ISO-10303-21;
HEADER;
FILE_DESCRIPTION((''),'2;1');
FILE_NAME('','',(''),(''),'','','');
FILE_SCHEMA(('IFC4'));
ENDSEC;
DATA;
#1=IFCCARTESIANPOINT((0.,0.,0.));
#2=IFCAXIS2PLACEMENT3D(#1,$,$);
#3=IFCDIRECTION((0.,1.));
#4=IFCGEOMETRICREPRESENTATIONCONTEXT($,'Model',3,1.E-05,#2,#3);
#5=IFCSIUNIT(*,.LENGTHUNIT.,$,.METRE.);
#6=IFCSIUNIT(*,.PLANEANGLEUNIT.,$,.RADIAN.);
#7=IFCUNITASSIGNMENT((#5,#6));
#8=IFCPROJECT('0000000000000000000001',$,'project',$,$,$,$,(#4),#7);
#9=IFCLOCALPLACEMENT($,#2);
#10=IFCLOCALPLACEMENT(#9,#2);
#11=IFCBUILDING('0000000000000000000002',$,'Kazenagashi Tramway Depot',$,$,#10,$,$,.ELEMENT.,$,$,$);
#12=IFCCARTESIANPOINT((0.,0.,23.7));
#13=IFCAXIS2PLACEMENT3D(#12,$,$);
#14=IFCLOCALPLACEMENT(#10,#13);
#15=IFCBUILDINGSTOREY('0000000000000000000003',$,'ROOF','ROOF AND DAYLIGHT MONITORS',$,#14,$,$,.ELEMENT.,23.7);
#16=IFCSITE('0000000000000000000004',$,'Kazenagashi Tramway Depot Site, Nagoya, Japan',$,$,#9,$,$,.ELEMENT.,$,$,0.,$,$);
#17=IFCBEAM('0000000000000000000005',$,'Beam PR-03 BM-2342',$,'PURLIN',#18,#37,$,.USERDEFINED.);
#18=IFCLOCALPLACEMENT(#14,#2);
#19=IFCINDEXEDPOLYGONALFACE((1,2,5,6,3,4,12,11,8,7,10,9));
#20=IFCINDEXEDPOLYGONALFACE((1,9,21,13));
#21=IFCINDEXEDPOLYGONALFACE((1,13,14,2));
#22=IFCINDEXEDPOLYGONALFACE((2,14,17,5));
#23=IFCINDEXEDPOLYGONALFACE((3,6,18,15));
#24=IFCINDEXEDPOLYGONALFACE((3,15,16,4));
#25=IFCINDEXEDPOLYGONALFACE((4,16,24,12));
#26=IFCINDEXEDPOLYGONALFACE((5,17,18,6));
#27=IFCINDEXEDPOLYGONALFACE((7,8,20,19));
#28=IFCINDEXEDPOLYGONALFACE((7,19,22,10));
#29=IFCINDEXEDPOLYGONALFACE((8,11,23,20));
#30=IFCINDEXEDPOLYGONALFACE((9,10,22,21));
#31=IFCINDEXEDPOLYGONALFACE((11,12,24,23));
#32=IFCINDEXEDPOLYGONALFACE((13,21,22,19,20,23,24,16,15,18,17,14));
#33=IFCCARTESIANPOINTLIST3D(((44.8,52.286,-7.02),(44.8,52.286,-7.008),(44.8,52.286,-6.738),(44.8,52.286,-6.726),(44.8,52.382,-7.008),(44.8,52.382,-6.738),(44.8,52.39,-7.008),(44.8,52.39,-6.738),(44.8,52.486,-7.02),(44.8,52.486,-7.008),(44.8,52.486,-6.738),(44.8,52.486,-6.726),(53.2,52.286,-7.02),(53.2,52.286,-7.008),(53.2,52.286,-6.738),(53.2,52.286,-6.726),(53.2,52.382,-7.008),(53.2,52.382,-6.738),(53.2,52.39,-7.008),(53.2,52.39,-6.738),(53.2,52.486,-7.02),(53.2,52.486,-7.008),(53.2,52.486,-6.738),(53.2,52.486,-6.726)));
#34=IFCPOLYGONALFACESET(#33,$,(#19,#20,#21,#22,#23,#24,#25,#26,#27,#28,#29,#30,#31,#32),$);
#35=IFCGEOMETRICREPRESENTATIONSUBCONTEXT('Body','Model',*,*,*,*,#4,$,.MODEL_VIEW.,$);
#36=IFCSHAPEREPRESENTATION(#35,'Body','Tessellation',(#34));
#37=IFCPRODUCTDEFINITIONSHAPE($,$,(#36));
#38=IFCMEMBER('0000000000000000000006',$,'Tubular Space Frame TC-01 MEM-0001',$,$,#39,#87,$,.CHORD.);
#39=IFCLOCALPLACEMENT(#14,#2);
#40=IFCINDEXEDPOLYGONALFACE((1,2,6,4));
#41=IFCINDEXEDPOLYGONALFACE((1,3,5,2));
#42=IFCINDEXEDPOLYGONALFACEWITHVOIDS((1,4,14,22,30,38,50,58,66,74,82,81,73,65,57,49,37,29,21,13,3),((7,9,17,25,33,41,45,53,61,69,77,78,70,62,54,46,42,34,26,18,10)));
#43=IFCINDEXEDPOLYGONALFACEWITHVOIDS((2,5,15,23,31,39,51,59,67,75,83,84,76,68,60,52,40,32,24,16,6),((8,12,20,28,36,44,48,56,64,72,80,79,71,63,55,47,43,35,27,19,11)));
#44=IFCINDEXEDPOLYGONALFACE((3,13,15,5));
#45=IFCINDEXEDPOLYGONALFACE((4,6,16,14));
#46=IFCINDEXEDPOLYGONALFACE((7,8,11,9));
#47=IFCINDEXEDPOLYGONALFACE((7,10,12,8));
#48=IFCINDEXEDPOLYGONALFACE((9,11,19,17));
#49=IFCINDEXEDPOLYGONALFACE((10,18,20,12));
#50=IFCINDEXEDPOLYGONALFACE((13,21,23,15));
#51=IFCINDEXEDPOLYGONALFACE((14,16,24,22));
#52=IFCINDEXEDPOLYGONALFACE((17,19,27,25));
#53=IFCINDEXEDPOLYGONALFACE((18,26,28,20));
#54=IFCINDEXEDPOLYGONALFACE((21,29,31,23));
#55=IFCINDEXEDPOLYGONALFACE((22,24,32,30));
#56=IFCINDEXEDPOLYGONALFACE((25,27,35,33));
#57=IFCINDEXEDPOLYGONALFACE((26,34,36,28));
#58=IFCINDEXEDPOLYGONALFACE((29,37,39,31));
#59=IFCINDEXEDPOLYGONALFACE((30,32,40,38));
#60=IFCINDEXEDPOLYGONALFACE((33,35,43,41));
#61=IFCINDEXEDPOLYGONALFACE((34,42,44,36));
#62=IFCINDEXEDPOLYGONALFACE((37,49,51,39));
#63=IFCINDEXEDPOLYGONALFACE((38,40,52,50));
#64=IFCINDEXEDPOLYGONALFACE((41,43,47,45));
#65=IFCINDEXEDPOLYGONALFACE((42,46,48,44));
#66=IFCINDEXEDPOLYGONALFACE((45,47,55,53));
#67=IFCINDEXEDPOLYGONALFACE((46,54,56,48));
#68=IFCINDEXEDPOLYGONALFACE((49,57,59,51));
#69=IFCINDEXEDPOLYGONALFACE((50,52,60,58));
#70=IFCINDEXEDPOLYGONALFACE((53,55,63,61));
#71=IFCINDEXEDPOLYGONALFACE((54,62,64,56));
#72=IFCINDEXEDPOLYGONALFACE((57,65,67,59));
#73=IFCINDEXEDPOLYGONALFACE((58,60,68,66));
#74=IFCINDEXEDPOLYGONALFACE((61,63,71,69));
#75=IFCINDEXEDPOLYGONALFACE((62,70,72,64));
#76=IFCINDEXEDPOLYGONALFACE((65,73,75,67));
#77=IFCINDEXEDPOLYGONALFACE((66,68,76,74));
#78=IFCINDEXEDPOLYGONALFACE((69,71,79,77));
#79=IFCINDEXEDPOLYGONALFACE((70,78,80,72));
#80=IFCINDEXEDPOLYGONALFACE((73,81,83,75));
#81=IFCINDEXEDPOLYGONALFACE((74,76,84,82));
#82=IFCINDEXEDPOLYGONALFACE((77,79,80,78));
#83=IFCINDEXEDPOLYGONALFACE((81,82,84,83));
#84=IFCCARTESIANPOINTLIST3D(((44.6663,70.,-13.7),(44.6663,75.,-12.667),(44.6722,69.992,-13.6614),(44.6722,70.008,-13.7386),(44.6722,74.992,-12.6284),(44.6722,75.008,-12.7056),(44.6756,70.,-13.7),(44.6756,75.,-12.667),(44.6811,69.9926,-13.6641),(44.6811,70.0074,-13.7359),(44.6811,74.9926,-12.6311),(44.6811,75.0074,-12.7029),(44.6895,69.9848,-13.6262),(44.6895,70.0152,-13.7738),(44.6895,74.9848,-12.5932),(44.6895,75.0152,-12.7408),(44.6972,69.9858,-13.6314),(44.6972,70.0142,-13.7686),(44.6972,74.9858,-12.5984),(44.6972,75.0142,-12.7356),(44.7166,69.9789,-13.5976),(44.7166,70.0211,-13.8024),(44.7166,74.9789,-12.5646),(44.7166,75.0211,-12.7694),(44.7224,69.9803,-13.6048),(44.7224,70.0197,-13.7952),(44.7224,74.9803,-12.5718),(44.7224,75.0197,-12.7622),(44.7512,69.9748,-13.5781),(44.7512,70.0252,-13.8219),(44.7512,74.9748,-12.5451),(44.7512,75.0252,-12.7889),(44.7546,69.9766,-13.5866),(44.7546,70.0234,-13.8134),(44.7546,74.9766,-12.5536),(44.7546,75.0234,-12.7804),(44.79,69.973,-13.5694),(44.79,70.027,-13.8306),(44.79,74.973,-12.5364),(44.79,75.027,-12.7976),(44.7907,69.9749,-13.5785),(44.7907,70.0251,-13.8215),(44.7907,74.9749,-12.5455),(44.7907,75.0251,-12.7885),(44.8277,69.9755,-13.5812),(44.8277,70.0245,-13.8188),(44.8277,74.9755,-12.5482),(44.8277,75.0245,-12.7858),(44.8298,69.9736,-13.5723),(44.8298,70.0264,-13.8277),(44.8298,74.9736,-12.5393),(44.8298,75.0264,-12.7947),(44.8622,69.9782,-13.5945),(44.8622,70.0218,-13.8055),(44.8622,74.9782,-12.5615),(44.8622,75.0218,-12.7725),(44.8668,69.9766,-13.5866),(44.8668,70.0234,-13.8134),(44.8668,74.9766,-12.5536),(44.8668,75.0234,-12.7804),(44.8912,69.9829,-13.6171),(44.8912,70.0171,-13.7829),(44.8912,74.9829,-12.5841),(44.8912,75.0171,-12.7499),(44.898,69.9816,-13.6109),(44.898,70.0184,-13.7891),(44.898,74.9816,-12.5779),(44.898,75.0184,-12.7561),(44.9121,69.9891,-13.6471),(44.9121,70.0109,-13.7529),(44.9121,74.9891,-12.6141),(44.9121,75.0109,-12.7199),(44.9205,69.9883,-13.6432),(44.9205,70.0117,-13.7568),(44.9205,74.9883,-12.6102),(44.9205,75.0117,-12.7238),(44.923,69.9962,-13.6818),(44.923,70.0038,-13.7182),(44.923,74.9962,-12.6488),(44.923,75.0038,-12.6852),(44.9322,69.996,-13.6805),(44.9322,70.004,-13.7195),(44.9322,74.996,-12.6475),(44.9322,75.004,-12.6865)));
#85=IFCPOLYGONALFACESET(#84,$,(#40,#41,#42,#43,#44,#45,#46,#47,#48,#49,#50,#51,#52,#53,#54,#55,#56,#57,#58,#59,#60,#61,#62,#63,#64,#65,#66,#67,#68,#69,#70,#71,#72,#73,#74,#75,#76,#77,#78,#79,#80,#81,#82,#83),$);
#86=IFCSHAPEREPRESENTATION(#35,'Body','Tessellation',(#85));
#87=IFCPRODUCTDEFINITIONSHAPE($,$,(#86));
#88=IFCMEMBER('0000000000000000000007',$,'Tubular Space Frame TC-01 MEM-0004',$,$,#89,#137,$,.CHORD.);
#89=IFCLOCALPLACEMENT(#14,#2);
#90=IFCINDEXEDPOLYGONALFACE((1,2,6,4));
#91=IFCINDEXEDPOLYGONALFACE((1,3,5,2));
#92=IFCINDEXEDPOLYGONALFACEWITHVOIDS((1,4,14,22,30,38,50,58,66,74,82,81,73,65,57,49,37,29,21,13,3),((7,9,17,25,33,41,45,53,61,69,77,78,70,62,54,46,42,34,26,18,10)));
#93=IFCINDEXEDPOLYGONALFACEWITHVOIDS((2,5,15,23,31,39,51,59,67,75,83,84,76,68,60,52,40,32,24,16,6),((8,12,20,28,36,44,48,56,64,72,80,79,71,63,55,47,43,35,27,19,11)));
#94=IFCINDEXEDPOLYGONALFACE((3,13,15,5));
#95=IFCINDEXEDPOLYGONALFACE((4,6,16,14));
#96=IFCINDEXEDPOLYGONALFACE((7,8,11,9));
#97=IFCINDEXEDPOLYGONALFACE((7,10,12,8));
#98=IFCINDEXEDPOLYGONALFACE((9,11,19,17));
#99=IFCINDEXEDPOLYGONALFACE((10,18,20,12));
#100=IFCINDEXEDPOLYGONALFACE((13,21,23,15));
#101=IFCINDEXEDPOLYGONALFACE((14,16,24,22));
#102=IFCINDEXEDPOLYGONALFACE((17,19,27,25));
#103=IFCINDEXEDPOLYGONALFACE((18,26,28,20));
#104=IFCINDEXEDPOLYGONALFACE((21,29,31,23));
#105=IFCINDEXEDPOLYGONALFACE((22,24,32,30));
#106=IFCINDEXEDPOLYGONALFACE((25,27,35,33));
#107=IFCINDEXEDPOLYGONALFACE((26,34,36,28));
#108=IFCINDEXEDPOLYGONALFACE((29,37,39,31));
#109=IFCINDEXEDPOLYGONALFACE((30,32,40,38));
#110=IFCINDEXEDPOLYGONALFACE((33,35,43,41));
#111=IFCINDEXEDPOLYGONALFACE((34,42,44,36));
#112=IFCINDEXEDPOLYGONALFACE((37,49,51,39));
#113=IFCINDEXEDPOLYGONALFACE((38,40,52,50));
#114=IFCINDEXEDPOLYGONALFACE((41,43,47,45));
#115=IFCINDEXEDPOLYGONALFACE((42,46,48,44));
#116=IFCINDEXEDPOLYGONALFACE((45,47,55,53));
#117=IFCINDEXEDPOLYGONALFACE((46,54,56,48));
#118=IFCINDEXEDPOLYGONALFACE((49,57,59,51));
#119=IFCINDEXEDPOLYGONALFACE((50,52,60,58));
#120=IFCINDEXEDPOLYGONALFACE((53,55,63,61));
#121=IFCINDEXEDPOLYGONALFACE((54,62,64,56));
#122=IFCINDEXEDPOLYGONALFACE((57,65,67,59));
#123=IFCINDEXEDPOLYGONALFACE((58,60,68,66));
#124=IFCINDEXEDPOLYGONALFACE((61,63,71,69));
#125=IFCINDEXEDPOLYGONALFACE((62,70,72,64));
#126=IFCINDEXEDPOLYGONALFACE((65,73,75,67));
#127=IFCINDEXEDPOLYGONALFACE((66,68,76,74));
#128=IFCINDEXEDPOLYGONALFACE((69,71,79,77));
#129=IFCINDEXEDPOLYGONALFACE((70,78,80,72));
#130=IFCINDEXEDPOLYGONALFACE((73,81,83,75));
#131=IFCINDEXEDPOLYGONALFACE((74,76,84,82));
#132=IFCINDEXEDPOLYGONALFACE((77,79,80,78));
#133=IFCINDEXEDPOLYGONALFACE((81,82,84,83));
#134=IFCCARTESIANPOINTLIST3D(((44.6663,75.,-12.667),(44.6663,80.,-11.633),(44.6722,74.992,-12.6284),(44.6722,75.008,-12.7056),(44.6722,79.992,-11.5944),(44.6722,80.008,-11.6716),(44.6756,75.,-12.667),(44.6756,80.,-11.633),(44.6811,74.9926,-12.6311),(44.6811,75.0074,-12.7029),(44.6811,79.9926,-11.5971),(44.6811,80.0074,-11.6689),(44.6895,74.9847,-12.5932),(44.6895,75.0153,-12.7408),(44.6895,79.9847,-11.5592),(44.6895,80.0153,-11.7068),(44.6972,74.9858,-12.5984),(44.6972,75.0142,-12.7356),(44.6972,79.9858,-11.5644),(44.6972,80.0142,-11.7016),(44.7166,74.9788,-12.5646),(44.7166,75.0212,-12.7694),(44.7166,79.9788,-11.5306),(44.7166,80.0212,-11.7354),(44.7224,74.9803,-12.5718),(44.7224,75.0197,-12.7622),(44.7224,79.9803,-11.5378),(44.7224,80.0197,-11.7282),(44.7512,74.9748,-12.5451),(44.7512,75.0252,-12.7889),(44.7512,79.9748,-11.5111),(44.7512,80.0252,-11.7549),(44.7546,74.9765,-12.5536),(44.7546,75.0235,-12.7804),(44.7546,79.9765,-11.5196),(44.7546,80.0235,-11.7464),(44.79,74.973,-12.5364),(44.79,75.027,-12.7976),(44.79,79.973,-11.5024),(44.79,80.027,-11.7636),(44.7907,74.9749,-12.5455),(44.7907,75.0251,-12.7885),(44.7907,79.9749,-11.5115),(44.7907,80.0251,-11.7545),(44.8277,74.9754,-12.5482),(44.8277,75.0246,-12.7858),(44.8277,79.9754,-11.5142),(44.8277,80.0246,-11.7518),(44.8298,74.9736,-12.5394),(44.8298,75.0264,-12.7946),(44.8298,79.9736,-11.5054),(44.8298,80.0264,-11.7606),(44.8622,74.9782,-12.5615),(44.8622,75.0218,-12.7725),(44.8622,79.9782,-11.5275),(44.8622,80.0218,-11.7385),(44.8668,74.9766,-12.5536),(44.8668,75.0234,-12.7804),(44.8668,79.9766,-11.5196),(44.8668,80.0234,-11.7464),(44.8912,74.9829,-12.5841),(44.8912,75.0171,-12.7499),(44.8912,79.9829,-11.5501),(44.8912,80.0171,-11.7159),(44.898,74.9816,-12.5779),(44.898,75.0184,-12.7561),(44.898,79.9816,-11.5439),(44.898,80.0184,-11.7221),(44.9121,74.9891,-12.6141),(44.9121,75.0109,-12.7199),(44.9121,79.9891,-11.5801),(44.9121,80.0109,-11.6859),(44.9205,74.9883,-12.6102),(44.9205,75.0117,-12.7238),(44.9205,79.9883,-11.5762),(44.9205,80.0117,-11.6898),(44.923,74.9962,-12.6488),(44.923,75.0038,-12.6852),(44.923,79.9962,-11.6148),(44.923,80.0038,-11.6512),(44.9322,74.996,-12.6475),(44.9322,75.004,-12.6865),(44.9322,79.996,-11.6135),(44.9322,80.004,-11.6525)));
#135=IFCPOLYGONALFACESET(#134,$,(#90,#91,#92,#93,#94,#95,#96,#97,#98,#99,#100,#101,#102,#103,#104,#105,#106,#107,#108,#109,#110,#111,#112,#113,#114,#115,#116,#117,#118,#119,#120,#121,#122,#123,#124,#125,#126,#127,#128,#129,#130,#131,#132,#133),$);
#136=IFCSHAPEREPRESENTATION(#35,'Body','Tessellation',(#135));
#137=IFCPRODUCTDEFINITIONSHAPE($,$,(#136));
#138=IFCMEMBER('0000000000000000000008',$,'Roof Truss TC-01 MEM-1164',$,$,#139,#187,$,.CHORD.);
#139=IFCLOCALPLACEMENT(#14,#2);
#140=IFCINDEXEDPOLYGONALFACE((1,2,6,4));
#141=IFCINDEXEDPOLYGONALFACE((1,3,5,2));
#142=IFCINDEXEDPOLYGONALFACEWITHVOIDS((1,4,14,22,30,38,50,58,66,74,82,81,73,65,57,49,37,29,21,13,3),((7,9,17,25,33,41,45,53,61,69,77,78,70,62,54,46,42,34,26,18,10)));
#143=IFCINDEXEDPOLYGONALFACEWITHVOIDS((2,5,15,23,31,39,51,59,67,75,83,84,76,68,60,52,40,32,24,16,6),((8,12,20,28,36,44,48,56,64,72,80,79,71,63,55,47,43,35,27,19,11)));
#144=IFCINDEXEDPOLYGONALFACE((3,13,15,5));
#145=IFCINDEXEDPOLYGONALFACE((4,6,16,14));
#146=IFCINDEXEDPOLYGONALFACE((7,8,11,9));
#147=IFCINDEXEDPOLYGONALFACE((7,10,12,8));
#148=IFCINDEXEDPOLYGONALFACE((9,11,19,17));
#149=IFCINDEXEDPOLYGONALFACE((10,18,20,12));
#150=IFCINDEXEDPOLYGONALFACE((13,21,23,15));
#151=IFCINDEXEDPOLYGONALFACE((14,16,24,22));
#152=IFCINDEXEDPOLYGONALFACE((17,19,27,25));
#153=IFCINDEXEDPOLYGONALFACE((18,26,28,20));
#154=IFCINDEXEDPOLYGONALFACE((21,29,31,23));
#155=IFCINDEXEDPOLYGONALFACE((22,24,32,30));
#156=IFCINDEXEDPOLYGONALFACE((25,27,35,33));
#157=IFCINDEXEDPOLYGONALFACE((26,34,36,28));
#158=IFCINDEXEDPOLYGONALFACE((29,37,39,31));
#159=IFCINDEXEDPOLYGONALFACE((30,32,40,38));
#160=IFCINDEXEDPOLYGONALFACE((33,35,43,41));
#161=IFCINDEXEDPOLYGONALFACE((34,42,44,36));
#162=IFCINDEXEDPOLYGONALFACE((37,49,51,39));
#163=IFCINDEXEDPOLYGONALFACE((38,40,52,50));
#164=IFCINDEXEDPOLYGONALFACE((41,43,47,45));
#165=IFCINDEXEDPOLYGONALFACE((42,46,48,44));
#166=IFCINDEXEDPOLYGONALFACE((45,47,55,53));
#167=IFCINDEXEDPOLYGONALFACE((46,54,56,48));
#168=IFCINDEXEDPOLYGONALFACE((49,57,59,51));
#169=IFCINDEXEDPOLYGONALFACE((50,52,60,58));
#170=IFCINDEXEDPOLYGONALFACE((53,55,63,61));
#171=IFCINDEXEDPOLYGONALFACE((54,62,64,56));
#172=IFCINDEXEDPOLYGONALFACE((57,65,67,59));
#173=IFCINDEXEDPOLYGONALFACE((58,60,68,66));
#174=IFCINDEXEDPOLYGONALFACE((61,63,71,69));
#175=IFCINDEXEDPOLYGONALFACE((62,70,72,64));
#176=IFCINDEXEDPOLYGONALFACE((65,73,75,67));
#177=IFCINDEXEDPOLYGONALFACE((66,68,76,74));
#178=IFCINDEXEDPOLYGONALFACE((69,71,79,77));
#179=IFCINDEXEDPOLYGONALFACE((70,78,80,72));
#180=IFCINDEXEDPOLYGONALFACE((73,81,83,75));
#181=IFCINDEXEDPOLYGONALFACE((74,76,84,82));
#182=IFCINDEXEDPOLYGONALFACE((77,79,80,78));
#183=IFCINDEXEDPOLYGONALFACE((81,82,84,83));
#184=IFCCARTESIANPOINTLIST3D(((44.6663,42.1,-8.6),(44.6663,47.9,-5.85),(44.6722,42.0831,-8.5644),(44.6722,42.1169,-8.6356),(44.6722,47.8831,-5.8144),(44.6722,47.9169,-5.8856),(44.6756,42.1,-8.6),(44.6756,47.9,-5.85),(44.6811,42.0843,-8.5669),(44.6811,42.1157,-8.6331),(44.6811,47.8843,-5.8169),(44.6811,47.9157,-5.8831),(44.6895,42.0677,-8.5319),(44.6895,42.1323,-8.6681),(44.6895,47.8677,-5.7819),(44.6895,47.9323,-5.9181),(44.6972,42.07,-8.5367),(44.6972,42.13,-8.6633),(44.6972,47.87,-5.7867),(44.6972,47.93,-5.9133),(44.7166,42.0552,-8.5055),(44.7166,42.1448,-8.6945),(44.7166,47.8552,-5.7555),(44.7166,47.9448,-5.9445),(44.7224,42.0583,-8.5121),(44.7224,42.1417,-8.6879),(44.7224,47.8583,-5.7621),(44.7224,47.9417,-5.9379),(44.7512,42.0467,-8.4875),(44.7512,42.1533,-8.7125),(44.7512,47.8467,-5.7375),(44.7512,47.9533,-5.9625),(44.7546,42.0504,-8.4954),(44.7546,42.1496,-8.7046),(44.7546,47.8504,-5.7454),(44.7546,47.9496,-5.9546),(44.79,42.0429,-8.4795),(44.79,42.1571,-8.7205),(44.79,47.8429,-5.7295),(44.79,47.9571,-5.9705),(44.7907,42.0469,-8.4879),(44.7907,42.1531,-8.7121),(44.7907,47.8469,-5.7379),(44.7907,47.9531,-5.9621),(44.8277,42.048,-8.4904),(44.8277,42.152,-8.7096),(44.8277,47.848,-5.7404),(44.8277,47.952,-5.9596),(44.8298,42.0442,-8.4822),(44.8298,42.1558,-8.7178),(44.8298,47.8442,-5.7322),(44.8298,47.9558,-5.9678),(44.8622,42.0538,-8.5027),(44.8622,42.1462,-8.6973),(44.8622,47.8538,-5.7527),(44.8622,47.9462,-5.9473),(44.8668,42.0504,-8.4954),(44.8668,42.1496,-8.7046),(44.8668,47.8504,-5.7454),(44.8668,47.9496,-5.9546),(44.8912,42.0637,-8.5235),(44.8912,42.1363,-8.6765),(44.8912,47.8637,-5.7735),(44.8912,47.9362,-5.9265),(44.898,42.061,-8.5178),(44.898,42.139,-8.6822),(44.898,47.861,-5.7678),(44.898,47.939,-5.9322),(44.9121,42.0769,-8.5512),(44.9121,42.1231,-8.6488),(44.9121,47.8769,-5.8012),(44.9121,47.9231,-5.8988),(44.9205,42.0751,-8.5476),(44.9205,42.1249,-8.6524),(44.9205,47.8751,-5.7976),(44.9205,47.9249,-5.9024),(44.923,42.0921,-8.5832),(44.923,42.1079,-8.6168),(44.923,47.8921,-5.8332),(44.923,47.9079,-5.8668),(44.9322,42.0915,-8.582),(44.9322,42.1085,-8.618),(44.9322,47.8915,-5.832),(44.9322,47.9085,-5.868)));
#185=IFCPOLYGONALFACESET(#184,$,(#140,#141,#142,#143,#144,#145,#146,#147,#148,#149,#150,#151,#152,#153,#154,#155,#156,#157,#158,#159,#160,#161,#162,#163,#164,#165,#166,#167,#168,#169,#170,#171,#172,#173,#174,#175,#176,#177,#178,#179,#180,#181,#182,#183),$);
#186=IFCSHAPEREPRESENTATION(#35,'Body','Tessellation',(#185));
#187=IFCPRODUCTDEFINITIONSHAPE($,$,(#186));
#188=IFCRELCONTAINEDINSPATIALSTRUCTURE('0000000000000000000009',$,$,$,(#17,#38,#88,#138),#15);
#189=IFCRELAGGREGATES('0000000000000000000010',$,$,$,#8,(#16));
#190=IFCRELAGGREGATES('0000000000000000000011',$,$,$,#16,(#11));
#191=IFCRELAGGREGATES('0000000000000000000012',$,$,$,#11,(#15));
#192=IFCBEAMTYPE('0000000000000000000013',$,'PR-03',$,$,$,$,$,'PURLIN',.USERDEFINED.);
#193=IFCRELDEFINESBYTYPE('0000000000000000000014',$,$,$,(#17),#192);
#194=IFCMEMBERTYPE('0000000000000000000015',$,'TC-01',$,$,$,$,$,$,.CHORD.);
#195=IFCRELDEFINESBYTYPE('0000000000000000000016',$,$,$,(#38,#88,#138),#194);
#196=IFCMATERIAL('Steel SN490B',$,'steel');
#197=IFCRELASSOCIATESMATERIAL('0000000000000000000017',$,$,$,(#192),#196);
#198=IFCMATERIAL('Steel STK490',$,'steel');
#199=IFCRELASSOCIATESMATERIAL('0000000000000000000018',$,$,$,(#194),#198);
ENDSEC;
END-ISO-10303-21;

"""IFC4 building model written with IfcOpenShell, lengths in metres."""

from ifc_helpers import new_model, si_unit, direction, frame, origin, origin_2d, place, context, subcontext, project, spatial, hollow_circle, i_section, extrude, material, material_profile, profile_set, type_object, element, save


model = new_model("IFC4")

# Units and contexts
model_context = context("Model", 3, precision=1e-05, world=origin(), true_north=direction((0.0, 1.0)))
body_context = subcontext(model_context, "Body", "Model", "MODEL_VIEW")
ifc_project = project(units=[si_unit("LENGTHUNIT", "METRE"), si_unit("PLANEANGLEUNIT", "RADIAN")], contexts=[model_context])

# Site, building, storey
site_placement = place(None, origin())
site = spatial("IfcSite", under=ifc_project, at=site_placement, Name="Kazenagashi Tramway Depot Site, Nagoya, Japan", CompositionType="ELEMENT", RefElevation=0.0)
building_placement = place(site_placement, origin())
building = spatial("IfcBuilding", under=site, at=building_placement, Name="Kazenagashi Tramway Depot", CompositionType="ELEMENT")
storey_placement = place(building_placement, frame((0.0, 0.0, 23.7)))
storey = spatial("IfcBuildingStorey", under=building, at=storey_placement, Name="ROOF", Description="ROOF AND DAYLIGHT MONITORS", CompositionType="ELEMENT", Elevation=23.7)

# Beam
ifc_material_1 = material(Name="Steel SN490B", Category="steel")
ifc_material_profile_1 = material_profile(ifc_material_1, i_section(OverallWidth=0.2, OverallDepth=0.294, WebThickness=0.008, FlangeThickness=0.012, at=origin_2d()), Name="H-294x200x8x12")
ifc_profile_set_1 = profile_set([ifc_material_profile_1], Name="Steel SN490B")
beam_type_1 = type_object("IfcBeamType", Name="PR-03", ElementType="PURLIN", PredefinedType="USERDEFINED", material=ifc_profile_set_1)
for number, where, z_axis, x_axis, name in (
    (1, (44.8, 52.386, -6.873), (1.0, 0.0, 0.0), (0.0, 1.0, 0.0), "Beam PR-03 BM-2342"),
):
    element("IfcBeam", number, at=place(storey_placement, frame(where, z_axis=z_axis, x_axis=x_axis)), inside=storey, type_object=beam_type_1, Name=name, ObjectType="PURLIN", PredefinedType="USERDEFINED", context=body_context, shape_type="SweptSolid", body=[
        extrude(i_section(OverallWidth=0.2, OverallDepth=0.294, WebThickness=0.008, FlangeThickness=0.012, at=origin_2d()), origin(), (0.0, 0.0, 1.0), 8.4),
    ])

# Members
ifc_material_2 = material(Name="Steel STK490", Category="steel")
ifc_material_profile_2 = material_profile(ifc_material_2, hollow_circle(Radius=0.1337, WallThickness=0.0093, at=origin_2d()), Name="CHS-267.4x9.3")
ifc_profile_set_2 = profile_set([ifc_material_profile_2], Name="Steel STK490")
member_type_1 = type_object("IfcMemberType", Name="TC-01", PredefinedType="CHORD", material=ifc_profile_set_2)
member_1_placement = place(storey_placement, frame((44.8, 70.0, -13.7), z_axis=(0.0, 0.979318, 0.202327), x_axis=(-1.0, 0.0, 0.0)))
element("IfcMember", 2, at=member_1_placement, inside=storey, type_object=member_type_1, Name="Tubular Space Frame TC-01 MEM-0001", PredefinedType="CHORD", context=body_context, shape_type="SweptSolid", body=[
    extrude(hollow_circle(Radius=0.1337, WallThickness=0.0093, at=origin_2d()), origin(), (0.0, 0.0, 1.0), 5.1056),
])
member_2_placement = place(storey_placement, frame((44.8, 75.0, -12.667), z_axis=(0.0, 0.979279, 0.202515), x_axis=(-1.0, 0.0, 0.0)))
element("IfcMember", 3, at=member_2_placement, inside=storey, type_object=member_type_1, Name="Tubular Space Frame TC-01 MEM-0004", PredefinedType="CHORD", context=body_context, shape_type="SweptSolid", body=[
    extrude(hollow_circle(Radius=0.1337, WallThickness=0.0093, at=origin_2d()), origin(), (0.0, 0.0, 1.0), 5.1058),
])
for number, where, z_axis, x_axis, name in (
    (4, (44.8, 42.1, -8.6), (0.0, 0.903579, 0.428421), (-1.0, 0.0, 0.0), "Roof Truss TC-01 MEM-1164"),
):
    element("IfcMember", number, at=place(storey_placement, frame(where, z_axis=z_axis, x_axis=x_axis)), inside=storey, type_object=member_type_1, Name=name, PredefinedType="CHORD", context=body_context, shape_type="SweptSolid", body=[
        extrude(hollow_circle(Radius=0.1337, WallThickness=0.0093, at=origin_2d()), origin(), (0.0, 0.0, 1.0), 6.4189),
    ])

save(model, "model.ifc")
